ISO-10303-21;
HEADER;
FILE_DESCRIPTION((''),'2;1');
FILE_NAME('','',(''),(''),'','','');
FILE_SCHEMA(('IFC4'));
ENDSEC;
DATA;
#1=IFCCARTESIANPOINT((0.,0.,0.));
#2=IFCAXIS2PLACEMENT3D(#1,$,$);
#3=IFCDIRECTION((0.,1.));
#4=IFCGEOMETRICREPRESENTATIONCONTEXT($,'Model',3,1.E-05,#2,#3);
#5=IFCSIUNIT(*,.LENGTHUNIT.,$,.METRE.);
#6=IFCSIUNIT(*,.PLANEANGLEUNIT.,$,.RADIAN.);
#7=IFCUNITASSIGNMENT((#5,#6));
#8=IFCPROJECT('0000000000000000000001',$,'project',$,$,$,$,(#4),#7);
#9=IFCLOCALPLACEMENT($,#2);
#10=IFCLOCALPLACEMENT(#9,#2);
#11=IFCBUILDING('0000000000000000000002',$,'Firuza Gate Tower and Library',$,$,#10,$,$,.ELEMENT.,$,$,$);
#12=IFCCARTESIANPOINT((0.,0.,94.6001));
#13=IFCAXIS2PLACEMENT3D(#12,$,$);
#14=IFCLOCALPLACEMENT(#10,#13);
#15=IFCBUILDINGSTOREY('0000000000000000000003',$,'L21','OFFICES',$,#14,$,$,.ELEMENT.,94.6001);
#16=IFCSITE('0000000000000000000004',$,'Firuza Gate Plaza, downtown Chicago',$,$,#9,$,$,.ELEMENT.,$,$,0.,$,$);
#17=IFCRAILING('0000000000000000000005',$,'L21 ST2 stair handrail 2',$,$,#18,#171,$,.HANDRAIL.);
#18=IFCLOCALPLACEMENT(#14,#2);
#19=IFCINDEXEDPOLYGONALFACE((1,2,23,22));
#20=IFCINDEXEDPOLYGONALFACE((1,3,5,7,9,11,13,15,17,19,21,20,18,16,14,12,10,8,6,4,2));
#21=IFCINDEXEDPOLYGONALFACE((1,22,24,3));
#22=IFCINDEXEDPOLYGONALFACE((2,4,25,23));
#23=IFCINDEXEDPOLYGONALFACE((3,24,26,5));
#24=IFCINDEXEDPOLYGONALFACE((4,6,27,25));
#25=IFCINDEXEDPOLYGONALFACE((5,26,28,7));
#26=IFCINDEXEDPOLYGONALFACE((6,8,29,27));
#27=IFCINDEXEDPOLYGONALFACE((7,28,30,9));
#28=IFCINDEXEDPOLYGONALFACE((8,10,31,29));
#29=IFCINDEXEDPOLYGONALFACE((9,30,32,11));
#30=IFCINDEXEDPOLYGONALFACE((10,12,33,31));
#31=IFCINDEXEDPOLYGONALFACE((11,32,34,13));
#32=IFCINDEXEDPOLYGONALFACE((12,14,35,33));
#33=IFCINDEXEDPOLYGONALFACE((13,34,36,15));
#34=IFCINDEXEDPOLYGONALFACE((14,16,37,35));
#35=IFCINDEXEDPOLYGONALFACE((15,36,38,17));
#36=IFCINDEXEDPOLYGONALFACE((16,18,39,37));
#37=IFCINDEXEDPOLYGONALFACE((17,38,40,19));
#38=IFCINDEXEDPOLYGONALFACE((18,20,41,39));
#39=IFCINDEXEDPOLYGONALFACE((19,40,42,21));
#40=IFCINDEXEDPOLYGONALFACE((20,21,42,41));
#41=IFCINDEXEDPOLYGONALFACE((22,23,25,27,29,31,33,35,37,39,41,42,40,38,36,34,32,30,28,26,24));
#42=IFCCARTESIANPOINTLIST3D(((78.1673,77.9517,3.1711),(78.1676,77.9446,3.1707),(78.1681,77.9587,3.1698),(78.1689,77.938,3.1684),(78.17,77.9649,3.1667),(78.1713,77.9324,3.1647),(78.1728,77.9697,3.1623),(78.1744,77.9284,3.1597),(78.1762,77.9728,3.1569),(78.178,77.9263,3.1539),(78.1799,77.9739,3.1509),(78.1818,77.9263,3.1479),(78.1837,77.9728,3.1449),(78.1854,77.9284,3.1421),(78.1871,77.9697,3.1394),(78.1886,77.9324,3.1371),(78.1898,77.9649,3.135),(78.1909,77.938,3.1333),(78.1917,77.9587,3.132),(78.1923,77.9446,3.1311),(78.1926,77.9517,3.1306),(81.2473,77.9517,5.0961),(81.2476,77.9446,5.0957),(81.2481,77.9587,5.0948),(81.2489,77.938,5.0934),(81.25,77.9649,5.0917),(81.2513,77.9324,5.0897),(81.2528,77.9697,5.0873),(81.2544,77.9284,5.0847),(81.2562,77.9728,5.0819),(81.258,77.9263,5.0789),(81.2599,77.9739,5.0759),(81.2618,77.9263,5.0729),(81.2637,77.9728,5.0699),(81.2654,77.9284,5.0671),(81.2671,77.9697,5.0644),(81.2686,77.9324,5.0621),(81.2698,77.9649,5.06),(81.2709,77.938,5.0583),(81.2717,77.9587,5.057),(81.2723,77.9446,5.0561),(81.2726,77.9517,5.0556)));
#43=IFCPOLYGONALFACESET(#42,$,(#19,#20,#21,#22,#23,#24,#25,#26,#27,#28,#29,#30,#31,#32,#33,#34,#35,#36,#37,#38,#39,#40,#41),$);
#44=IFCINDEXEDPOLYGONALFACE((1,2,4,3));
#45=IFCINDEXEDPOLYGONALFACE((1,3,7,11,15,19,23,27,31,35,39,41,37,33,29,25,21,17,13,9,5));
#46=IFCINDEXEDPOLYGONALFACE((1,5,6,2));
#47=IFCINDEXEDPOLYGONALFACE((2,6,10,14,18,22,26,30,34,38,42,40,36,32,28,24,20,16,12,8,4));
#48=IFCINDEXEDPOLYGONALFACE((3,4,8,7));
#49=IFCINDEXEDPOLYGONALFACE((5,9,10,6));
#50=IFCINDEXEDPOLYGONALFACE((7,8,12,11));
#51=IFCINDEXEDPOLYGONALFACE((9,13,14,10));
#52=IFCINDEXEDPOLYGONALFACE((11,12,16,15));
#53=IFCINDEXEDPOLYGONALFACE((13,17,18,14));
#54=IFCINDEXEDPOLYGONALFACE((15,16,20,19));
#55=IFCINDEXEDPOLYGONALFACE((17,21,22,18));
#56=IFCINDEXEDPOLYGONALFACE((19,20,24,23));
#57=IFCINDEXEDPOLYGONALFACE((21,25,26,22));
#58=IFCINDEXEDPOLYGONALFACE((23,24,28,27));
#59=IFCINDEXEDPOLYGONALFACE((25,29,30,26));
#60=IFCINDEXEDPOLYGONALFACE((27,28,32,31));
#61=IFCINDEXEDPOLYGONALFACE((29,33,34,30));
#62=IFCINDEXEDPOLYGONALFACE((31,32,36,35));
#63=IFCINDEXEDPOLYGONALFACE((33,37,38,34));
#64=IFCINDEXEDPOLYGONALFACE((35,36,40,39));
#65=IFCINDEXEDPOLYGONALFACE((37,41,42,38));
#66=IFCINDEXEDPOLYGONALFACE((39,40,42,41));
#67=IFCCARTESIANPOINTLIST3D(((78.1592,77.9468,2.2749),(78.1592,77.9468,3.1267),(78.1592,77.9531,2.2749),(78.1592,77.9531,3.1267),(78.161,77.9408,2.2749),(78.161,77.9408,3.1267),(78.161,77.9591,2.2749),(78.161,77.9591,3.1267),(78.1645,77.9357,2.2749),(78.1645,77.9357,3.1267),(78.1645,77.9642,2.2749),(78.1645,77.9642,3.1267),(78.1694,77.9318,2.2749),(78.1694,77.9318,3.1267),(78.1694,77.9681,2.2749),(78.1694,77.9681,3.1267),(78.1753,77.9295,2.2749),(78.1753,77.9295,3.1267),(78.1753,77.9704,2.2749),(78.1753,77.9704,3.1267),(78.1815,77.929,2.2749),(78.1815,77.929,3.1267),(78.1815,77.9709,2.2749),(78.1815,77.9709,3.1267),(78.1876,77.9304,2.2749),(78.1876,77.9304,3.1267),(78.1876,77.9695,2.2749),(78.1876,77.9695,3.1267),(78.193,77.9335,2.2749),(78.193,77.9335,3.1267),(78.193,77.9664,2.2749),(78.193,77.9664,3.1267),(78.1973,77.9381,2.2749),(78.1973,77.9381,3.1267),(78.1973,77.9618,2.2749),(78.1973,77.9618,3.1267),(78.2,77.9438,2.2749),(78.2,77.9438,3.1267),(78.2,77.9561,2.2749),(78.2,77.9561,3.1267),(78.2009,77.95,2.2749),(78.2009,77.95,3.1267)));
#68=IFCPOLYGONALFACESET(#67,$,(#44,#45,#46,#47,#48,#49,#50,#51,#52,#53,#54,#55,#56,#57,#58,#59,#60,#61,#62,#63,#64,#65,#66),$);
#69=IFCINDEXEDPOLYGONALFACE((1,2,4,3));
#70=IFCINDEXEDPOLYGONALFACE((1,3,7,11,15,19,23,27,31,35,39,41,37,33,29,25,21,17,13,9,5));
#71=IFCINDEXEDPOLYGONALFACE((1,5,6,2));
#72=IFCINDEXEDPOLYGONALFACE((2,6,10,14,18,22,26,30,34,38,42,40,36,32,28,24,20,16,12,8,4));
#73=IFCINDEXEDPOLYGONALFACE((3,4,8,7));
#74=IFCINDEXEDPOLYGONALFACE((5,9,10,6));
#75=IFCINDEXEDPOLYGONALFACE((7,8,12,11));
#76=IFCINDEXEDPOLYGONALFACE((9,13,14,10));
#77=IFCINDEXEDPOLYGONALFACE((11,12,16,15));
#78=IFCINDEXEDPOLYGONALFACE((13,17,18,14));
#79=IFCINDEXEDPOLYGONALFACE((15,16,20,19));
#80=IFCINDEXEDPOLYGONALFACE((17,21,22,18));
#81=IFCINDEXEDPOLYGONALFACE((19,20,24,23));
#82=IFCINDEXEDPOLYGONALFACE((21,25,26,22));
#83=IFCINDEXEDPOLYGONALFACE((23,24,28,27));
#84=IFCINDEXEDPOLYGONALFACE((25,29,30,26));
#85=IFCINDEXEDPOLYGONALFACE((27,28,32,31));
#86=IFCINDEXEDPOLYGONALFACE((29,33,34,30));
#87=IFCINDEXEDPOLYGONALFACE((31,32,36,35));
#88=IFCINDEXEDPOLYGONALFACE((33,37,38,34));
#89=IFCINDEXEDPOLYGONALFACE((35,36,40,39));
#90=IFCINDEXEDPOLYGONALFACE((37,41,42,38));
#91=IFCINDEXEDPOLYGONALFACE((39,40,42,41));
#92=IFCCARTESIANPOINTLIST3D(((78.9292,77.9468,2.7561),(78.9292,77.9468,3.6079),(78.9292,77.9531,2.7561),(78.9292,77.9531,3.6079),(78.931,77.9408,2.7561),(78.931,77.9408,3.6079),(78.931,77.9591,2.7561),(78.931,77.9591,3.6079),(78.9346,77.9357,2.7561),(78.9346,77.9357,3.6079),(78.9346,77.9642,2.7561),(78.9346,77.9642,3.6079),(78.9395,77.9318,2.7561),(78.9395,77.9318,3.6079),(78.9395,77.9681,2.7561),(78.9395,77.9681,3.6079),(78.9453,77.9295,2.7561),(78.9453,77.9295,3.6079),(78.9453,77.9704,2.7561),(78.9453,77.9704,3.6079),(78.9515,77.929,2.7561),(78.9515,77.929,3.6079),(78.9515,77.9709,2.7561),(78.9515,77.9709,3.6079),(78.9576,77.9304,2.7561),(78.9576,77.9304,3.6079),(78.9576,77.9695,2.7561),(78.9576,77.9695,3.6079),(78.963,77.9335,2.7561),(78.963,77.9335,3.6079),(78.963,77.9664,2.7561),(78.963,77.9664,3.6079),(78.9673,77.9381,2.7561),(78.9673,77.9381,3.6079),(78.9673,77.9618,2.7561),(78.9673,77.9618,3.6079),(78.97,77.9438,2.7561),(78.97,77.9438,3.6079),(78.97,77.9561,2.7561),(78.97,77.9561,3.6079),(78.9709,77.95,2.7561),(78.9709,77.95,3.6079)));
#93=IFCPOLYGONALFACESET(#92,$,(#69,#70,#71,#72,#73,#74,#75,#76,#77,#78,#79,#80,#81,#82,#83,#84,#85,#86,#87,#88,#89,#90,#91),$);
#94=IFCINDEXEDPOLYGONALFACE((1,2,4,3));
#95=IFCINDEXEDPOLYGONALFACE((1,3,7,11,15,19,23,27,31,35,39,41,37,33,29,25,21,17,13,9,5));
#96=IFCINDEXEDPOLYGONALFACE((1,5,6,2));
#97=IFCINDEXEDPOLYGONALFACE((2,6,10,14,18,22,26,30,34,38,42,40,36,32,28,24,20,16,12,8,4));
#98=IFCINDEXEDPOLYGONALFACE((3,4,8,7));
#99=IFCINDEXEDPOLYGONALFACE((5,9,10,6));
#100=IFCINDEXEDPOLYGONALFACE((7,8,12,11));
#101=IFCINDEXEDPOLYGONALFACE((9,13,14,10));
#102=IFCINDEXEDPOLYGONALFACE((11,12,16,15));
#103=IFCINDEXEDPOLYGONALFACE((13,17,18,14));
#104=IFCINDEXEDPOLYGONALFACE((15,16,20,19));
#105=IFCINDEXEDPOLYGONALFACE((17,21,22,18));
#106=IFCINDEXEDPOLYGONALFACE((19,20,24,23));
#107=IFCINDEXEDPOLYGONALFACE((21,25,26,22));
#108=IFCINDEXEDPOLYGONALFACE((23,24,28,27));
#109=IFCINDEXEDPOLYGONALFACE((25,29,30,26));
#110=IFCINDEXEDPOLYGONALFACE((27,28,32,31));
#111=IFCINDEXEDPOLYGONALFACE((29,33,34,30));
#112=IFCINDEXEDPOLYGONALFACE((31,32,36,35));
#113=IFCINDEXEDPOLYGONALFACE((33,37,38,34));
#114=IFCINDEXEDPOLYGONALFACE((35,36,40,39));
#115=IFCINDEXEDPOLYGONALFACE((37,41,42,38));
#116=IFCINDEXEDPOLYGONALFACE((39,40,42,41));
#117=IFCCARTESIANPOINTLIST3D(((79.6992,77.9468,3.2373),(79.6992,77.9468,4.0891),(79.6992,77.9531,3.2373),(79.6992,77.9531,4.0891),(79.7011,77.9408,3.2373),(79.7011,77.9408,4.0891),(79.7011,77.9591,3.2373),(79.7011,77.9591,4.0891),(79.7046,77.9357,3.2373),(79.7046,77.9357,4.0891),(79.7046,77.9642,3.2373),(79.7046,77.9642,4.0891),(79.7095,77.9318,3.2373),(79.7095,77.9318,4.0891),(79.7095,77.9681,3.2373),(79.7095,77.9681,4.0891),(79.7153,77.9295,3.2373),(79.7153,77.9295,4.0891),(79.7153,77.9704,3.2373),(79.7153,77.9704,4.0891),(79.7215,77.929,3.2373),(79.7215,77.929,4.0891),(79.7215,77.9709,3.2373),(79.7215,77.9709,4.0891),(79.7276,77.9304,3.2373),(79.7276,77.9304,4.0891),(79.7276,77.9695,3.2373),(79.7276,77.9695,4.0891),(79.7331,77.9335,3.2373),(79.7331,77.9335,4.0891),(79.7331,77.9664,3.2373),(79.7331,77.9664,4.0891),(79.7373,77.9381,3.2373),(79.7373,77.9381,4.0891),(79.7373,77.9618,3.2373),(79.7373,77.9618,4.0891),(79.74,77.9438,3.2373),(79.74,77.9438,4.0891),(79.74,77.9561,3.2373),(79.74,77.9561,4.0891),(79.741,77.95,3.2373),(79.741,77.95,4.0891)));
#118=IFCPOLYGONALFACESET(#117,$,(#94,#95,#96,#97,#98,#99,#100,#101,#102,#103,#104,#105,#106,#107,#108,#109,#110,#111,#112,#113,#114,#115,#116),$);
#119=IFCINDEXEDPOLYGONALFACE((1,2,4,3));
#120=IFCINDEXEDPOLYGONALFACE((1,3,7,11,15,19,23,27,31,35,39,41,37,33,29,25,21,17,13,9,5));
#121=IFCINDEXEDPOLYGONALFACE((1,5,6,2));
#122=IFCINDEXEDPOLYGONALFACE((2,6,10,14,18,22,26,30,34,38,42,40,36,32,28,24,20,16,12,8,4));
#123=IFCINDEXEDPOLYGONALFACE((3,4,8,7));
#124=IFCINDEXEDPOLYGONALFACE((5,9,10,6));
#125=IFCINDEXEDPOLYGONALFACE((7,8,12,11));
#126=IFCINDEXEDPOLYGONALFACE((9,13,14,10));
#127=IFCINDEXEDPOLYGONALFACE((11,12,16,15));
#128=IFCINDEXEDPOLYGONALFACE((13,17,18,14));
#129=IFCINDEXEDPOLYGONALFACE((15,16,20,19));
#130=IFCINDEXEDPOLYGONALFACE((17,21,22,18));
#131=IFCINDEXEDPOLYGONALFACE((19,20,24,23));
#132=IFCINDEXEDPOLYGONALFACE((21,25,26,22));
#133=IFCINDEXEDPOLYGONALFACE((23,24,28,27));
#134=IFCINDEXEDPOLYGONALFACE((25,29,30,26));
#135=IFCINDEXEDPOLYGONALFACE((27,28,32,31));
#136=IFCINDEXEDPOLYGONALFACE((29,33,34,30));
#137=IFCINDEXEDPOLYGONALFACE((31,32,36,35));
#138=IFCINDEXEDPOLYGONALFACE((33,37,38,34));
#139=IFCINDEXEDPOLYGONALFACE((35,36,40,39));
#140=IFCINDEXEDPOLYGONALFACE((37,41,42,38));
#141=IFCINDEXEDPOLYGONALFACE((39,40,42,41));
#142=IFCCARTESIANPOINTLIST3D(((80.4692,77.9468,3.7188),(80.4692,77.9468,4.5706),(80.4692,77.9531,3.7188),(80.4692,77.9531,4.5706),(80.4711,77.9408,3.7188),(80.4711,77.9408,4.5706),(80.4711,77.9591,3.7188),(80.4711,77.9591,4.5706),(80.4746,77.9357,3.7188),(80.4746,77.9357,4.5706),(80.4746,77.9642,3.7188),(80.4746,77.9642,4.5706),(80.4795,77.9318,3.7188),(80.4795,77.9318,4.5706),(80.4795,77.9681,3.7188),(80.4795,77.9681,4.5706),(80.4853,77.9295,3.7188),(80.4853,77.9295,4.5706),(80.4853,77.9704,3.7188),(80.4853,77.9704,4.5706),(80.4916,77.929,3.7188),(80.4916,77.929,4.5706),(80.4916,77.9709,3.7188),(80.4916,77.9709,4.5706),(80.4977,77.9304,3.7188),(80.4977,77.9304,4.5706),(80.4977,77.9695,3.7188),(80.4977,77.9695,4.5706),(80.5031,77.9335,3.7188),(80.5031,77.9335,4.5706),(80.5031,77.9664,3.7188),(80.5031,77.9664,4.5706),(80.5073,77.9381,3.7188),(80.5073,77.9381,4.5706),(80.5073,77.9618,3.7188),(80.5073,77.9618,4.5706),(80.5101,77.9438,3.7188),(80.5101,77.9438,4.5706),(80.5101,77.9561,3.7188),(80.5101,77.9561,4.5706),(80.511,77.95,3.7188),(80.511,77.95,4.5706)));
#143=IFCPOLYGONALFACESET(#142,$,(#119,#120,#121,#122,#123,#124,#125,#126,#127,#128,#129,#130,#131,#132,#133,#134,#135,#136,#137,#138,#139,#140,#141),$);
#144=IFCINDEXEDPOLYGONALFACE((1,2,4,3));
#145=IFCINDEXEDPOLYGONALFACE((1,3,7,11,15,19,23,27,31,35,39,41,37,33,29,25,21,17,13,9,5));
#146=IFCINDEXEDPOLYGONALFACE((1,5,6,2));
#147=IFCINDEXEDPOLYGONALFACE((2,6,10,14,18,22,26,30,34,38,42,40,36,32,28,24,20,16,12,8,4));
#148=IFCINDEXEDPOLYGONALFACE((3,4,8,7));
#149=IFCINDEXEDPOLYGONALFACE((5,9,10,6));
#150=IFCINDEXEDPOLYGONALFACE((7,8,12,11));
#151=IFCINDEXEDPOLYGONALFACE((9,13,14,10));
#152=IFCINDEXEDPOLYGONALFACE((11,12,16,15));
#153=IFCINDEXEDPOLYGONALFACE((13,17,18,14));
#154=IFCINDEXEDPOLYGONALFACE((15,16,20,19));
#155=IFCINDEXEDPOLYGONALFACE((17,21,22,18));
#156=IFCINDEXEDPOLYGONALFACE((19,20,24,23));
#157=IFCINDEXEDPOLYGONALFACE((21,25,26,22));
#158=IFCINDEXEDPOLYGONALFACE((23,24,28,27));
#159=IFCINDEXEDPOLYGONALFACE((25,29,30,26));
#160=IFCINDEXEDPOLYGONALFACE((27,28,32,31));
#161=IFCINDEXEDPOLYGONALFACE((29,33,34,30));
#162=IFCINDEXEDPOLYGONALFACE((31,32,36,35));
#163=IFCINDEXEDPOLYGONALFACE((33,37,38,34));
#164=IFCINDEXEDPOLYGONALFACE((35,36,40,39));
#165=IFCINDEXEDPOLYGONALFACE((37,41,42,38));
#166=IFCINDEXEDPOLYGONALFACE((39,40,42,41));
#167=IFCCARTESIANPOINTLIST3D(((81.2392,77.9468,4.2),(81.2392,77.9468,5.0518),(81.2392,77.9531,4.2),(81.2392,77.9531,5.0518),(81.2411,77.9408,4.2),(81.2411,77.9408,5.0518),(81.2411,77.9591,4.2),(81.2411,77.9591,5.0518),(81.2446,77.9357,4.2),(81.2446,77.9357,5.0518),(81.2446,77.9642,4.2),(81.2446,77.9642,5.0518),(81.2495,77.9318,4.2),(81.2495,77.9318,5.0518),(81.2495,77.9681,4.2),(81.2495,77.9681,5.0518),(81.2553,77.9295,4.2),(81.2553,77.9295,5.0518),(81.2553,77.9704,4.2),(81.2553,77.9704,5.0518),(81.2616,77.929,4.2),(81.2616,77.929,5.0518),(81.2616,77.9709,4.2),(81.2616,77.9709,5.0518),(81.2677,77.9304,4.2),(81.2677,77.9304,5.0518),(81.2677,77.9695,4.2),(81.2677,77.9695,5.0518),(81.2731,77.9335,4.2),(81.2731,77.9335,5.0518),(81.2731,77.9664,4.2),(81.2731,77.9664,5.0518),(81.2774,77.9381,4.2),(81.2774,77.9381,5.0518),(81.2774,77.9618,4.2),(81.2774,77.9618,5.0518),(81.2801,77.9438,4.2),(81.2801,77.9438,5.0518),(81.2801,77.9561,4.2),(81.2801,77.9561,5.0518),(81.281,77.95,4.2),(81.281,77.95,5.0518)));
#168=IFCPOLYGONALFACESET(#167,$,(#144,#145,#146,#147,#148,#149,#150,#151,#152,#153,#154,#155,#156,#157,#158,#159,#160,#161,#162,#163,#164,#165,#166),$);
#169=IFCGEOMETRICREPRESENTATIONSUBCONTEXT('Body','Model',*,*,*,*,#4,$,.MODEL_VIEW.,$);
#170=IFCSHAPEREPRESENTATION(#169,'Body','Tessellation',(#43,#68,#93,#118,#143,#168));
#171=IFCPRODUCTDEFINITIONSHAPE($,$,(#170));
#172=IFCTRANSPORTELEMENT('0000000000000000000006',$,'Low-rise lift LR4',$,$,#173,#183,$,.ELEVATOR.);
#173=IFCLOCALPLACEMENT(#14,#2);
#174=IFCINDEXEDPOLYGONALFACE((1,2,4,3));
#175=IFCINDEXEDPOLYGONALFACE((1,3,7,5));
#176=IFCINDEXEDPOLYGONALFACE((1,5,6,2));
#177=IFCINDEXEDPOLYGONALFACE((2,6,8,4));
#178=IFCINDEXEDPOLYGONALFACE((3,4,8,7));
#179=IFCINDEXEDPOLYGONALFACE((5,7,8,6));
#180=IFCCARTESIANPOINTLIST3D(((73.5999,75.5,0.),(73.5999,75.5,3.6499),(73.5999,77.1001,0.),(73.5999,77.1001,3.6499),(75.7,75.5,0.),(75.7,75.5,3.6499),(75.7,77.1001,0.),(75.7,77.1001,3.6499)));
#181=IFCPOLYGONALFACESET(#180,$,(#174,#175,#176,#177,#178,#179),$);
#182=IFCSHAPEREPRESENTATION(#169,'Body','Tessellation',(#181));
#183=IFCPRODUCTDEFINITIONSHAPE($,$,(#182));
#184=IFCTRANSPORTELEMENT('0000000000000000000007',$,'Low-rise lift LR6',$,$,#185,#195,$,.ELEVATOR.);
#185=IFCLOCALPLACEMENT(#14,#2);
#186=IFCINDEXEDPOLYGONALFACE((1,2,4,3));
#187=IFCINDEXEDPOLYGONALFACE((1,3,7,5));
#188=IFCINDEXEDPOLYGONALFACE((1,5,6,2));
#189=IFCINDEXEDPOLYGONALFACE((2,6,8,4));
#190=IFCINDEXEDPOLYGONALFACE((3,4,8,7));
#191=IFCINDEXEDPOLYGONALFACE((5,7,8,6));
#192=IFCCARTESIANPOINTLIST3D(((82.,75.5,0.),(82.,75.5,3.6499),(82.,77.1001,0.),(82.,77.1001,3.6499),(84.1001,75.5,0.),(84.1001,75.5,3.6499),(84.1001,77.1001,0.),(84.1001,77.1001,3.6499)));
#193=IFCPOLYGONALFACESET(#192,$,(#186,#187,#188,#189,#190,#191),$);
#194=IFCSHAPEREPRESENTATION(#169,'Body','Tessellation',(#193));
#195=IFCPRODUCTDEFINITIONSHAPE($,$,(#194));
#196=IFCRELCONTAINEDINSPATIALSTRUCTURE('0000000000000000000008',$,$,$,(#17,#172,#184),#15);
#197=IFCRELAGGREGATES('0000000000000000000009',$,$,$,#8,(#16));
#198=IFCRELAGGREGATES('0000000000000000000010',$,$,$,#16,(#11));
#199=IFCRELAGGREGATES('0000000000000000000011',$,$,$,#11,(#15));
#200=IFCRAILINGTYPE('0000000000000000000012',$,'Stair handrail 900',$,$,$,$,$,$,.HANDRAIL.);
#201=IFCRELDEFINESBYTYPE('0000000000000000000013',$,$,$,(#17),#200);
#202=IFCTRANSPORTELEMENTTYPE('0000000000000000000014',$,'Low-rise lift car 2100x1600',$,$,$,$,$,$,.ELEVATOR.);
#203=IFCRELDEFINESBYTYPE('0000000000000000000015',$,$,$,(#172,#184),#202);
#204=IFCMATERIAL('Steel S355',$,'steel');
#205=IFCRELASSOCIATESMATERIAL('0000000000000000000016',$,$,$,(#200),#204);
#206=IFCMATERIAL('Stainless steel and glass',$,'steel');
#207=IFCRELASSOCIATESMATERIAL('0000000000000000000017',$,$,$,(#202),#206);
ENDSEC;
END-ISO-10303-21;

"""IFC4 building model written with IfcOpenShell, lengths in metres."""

from ifc_helpers import new_model, si_unit, direction, frame, origin, origin_2d, place, context, subcontext, project, spatial, rectangle, circle, extrude, material, type_object, element, save


model = new_model("IFC4")

# Units and contexts
model_context = context("Model", 3, precision=1e-05, world=origin(), true_north=direction((0.0, 1.0)))
body_context = subcontext(model_context, "Body", "Model", "MODEL_VIEW")
ifc_project = project(units=[si_unit("LENGTHUNIT", "METRE"), si_unit("PLANEANGLEUNIT", "RADIAN")], contexts=[model_context])

# Site, building, storey
site_placement = place(None, origin())
site = spatial("IfcSite", under=ifc_project, at=site_placement, Name="Firuza Gate Plaza, downtown Chicago", CompositionType="ELEMENT", RefElevation=0.0)
building_placement = place(site_placement, origin())
building = spatial("IfcBuilding", under=site, at=building_placement, Name="Firuza Gate Tower and Library", CompositionType="ELEMENT")
storey_placement = place(building_placement, frame((0.0, 0.0, 94.6001)))
storey = spatial("IfcBuildingStorey", under=building, at=storey_placement, Name="L21", Description="OFFICES", CompositionType="ELEMENT", Elevation=94.6001)

# Railing
ifc_material_1 = material(Name="Steel S355", Category="steel")
railing_type_1 = type_object("IfcRailingType", Name="Stair handrail 900", PredefinedType="HANDRAIL", material=ifc_material_1)
railing_1_placement = place(storey_placement, frame((78.1799, 77.95, 2.2749)))
element("IfcRailing", 1, at=railing_1_placement, inside=storey, type_object=railing_type_1, Name="L21 ST2 stair handrail 2", PredefinedType="HANDRAIL", context=body_context, shape_type="SweptSolid", body=[
    extrude(circle(Radius=0.0239, at=origin_2d()), frame((0.0, 0.0, 0.876), z_axis=(0.847998, 0.0, 0.529999), x_axis=(0.0, 1.0, 0.0)), (0.0, 0.0, 1.0), 3.6321),
    extrude(circle(Radius=0.021, at=origin_2d()), origin(), (0.0, 0.0, 1.0), 0.8518),
    extrude(circle(Radius=0.021, at=origin_2d()), frame((0.77, 0.0, 0.4812)), (0.0, 0.0, 1.0), 0.8518),
    extrude(circle(Radius=0.021, at=origin_2d()), frame((1.54, 0.0, 0.9624)), (0.0, 0.0, 1.0), 0.8518),
    extrude(circle(Radius=0.021, at=origin_2d()), frame((2.3101, 0.0, 1.4438)), (0.0, 0.0, 1.0), 0.8518),
    extrude(circle(Radius=0.021, at=origin_2d()), frame((3.0801, 0.0, 1.925)), (0.0, 0.0, 1.0), 0.8518),
])

# Transport elements
ifc_material_2 = material(Name="Stainless steel and glass", Category="steel")
transport_element_type = type_object("IfcTransportElementType", Name="Low-rise lift car 2100x1600", PredefinedType="ELEVATOR", material=ifc_material_2)
for number, where, z_axis, x_axis, name in (
    (2, (74.6499, 76.3, 0.0), (0.0, 0.0, 1.0), (1.0, 0.0, 0.0), "Low-rise lift LR4"),
    (3, (83.05, 76.3, 0.0), (0.0, 0.0, 1.0), (1.0, 0.0, 0.0), "Low-rise lift LR6"),
):
    element("IfcTransportElement", number, at=place(storey_placement, frame(where, z_axis=z_axis, x_axis=x_axis)), inside=storey, type_object=transport_element_type, Name=name, PredefinedType="ELEVATOR", context=body_context, shape_type="SweptSolid", body=[
        extrude(rectangle(XDim=2.1001, YDim=1.6001, at=origin_2d()), origin(), (0.0, 0.0, 1.0), 3.6499),
    ])

save(model, "model.ifc")
